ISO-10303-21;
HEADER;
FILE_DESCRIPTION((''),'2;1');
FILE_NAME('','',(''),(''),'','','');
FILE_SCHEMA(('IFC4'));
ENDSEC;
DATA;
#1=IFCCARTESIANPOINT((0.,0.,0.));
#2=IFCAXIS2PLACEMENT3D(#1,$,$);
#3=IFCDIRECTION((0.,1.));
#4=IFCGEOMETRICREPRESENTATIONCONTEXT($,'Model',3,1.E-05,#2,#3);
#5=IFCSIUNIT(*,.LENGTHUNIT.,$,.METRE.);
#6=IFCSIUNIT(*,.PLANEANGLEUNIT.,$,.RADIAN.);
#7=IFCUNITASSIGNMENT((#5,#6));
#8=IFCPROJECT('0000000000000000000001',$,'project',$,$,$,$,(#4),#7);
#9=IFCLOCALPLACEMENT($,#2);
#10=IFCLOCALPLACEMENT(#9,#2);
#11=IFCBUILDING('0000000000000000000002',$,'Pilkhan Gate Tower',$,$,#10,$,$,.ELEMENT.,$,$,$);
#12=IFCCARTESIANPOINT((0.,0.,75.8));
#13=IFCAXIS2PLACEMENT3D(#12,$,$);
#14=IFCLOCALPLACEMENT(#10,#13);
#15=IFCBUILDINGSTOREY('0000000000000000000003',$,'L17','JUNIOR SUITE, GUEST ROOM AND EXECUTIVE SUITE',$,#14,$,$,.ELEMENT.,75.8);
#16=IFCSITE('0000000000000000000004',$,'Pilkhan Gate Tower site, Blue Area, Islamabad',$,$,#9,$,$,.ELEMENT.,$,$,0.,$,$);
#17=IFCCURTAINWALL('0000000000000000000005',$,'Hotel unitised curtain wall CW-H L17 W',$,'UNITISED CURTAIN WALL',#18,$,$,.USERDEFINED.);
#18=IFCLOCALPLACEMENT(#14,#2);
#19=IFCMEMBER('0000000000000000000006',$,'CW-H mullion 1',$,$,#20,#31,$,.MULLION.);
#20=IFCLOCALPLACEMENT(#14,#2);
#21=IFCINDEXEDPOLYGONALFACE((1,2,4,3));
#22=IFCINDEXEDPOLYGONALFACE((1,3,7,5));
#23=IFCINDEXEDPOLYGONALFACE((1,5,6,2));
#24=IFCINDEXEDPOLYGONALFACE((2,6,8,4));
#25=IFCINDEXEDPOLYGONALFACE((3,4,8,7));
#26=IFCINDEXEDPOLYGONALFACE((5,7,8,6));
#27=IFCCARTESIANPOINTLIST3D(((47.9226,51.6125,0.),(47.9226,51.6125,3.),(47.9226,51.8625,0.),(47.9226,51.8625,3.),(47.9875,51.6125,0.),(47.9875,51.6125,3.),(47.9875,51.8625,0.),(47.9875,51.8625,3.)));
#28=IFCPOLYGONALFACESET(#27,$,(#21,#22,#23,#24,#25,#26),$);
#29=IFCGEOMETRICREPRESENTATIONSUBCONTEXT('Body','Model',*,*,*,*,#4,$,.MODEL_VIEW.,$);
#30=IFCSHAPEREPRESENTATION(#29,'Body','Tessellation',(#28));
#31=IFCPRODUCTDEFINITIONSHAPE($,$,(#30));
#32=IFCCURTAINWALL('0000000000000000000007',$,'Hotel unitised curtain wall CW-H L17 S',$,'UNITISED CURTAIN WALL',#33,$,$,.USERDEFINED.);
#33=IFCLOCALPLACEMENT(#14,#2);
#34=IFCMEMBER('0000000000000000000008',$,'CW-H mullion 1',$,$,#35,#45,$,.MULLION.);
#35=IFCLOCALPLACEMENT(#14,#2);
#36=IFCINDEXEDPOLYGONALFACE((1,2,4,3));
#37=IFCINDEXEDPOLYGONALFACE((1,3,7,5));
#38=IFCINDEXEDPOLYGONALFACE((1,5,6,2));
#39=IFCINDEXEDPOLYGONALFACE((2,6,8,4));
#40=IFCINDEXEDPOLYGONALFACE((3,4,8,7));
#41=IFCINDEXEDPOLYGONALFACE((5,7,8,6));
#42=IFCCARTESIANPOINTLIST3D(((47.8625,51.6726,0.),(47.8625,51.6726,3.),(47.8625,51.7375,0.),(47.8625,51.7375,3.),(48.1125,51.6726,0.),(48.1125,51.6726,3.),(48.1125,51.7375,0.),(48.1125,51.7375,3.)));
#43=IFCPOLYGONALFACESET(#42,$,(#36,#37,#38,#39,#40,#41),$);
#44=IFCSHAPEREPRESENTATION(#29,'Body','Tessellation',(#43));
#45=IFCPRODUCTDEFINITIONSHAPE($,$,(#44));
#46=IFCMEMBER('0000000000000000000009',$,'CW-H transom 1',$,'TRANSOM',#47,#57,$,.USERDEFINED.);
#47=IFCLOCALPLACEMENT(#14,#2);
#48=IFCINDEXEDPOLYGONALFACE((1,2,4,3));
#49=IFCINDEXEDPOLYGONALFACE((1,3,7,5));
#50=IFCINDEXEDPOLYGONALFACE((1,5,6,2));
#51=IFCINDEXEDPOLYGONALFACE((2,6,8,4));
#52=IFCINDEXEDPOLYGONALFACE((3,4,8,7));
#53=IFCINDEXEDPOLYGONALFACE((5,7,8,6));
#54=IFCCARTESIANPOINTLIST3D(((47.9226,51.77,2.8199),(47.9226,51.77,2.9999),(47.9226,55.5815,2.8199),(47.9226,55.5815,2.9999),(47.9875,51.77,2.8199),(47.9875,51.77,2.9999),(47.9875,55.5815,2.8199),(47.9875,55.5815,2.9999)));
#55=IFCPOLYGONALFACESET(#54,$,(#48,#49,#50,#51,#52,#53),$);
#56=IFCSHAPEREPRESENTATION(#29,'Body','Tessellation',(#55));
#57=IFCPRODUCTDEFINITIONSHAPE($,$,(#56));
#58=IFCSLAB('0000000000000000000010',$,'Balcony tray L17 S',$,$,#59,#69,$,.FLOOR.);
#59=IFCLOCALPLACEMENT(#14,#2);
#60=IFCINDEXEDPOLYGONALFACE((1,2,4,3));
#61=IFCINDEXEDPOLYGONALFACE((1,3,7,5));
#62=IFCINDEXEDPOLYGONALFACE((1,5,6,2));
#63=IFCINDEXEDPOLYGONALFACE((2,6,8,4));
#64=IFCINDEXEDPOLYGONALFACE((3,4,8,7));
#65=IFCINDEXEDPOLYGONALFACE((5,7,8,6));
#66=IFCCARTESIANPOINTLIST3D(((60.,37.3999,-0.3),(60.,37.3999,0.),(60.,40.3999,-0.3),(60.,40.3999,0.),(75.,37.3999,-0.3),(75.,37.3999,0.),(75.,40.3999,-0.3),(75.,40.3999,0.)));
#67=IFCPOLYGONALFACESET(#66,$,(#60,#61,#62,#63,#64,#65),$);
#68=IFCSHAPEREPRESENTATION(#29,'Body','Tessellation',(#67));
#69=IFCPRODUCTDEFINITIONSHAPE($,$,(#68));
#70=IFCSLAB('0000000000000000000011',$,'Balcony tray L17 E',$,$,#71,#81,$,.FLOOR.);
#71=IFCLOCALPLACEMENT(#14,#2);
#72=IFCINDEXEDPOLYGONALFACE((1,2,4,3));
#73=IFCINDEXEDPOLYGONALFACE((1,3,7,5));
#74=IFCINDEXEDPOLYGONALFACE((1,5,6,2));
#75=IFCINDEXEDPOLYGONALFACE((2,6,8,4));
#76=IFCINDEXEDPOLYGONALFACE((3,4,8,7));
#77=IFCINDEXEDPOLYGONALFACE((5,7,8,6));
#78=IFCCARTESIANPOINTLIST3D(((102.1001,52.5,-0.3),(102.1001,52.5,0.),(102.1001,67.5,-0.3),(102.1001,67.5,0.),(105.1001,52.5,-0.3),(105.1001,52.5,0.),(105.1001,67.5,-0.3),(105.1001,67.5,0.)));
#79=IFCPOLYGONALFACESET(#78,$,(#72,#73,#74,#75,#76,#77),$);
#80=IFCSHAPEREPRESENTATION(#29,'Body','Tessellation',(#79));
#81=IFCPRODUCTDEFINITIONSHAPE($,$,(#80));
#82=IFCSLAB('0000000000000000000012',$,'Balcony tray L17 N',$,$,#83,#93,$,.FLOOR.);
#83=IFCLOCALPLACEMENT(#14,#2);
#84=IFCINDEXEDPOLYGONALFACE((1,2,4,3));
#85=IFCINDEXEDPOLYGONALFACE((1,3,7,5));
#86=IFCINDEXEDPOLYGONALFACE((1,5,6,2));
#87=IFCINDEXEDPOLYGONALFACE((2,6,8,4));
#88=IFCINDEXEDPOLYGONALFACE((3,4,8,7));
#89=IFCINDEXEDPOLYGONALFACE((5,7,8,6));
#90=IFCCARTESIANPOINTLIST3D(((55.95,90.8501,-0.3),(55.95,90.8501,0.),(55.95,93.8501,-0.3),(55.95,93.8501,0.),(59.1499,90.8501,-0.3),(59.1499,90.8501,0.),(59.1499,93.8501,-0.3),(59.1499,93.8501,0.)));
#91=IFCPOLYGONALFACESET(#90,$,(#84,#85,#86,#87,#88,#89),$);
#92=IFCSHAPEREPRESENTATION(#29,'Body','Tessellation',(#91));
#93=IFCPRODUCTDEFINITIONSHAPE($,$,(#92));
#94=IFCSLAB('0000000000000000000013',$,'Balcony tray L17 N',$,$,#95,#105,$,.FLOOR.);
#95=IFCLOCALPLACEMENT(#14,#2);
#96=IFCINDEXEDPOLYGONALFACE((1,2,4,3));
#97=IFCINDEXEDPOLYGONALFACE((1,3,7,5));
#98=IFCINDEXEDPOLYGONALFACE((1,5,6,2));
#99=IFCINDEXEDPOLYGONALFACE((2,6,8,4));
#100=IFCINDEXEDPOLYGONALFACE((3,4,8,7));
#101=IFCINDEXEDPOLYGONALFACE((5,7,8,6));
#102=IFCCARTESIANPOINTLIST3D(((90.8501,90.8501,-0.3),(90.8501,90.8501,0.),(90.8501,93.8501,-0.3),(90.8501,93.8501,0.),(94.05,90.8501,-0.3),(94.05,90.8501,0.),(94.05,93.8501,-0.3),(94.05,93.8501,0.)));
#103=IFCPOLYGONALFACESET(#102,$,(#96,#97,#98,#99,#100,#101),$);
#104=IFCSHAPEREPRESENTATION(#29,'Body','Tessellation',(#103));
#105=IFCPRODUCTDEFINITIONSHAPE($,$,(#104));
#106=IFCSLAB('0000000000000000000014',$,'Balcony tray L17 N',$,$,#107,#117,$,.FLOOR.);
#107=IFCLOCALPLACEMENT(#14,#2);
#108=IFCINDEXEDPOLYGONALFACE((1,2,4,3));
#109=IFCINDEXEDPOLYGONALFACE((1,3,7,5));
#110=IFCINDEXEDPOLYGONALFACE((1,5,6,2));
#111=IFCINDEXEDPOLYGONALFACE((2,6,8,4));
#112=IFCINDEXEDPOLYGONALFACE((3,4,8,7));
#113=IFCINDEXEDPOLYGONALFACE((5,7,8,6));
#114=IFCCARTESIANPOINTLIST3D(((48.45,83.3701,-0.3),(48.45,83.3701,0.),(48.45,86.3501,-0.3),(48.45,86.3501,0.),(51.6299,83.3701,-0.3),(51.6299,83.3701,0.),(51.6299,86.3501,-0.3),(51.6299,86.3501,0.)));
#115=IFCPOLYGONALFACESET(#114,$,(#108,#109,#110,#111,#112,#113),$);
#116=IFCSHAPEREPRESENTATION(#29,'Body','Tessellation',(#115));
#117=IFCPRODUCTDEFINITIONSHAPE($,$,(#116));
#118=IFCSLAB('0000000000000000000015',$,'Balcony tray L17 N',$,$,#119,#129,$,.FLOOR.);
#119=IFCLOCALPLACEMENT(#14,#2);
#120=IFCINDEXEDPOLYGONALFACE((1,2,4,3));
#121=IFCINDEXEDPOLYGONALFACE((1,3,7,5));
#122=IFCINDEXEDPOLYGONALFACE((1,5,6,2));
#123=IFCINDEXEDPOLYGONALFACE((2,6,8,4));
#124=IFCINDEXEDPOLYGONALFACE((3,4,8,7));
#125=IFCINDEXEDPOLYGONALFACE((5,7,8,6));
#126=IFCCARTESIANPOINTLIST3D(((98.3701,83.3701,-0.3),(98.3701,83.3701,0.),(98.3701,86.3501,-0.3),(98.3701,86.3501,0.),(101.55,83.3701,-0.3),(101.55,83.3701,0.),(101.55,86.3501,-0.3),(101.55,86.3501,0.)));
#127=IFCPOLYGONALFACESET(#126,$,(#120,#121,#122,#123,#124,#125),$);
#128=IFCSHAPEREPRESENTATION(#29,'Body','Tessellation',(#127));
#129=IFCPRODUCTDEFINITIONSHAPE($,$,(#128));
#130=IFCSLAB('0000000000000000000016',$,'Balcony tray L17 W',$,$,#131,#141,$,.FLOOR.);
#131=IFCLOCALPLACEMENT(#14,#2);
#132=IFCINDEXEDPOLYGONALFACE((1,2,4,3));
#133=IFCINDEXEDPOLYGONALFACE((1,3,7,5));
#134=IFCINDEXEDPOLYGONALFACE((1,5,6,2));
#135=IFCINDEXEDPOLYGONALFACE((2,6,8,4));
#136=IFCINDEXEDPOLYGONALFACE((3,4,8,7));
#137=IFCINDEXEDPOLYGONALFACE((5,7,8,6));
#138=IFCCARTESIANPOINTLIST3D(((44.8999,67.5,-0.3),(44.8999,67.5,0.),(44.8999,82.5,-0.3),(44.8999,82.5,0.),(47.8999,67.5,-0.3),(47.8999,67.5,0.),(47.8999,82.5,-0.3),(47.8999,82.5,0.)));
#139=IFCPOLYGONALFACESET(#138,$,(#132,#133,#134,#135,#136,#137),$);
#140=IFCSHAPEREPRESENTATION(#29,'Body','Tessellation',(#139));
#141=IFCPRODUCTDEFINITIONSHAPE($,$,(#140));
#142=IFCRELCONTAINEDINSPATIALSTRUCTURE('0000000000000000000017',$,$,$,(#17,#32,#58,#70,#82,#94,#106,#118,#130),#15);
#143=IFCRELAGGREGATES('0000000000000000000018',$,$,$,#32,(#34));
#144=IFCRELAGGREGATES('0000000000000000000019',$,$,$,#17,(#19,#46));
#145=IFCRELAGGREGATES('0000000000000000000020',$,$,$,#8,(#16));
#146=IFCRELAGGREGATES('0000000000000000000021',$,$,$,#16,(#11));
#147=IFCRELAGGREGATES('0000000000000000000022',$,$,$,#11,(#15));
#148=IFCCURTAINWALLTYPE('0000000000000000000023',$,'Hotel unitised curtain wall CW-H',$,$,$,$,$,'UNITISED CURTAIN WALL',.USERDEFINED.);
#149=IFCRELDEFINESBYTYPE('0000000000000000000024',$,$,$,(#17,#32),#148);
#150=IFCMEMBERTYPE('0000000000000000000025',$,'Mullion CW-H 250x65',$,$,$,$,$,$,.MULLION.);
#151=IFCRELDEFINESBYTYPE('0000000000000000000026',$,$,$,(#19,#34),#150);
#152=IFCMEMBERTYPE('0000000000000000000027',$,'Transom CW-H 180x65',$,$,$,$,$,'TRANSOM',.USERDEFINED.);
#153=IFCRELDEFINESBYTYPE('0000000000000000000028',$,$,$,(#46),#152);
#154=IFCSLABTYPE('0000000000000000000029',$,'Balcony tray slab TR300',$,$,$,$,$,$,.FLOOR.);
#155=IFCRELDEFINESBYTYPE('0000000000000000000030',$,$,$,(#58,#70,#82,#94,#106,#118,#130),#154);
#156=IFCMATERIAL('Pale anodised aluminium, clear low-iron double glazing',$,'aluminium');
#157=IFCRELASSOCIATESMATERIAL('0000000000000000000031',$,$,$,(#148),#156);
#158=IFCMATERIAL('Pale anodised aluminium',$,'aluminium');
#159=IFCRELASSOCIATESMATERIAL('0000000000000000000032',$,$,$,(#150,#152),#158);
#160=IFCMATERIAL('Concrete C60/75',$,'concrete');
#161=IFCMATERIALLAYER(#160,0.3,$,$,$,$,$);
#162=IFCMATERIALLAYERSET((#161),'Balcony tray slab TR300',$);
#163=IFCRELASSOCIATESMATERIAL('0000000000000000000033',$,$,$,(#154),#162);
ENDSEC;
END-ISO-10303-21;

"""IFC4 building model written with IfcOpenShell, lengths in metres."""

from ifc_helpers import new_model, si_unit, direction, frame, origin, origin_2d, place, context, subcontext, project, spatial, polyline, rectangle, outline, extrude, material, layer, layer_set, material_profile, profile_set, type_object, element, aggregate, save


model = new_model("IFC4")

# Units and contexts
model_context = context("Model", 3, precision=1e-05, world=origin(), true_north=direction((0.0, 1.0)))
body_context = subcontext(model_context, "Body", "Model", "MODEL_VIEW")
ifc_project = project(units=[si_unit("LENGTHUNIT", "METRE"), si_unit("PLANEANGLEUNIT", "RADIAN")], contexts=[model_context])

# Site, building, storey
site_placement = place(None, origin())
site = spatial("IfcSite", under=ifc_project, at=site_placement, Name="Pilkhan Gate Tower site, Blue Area, Islamabad", CompositionType="ELEMENT", RefElevation=0.0)
building_placement = place(site_placement, origin())
building = spatial("IfcBuilding", under=site, at=building_placement, Name="Pilkhan Gate Tower", CompositionType="ELEMENT")
storey_placement = place(building_placement, frame((0.0, 0.0, 75.8)))
storey = spatial("IfcBuildingStorey", under=building, at=storey_placement, Name="L17", Description="JUNIOR SUITE, GUEST ROOM AND EXECUTIVE SUITE", CompositionType="ELEMENT", Elevation=75.8)

# Curtain walls, members
ifc_material_1 = material(Name="Pale anodised aluminium, clear low-iron double glazing", Category="aluminium")
curtain_wall_type = type_object("IfcCurtainWallType", Name="Hotel unitised curtain wall CW-H", ElementType="UNITISED CURTAIN WALL", PredefinedType="USERDEFINED", material=ifc_material_1)
curtain_wall_1_placement = place(storey_placement, origin())
curtain_wall_1 = element("IfcCurtainWall", 1, at=curtain_wall_1_placement, inside=storey, type_object=curtain_wall_type, Name="Hotel unitised curtain wall CW-H L17 W", ObjectType="UNITISED CURTAIN WALL", PredefinedType="USERDEFINED")
ifc_material_2 = material(Name="Pale anodised aluminium", Category="aluminium")
ifc_material_profile_1 = material_profile(ifc_material_2, rectangle(XDim=0.0649, YDim=0.25, at=origin_2d()), Name="Mullion 250x65")
ifc_profile_set_1 = profile_set([ifc_material_profile_1], Name="Pale anodised aluminium")
member_type_1 = type_object("IfcMemberType", Name="Mullion CW-H 250x65", PredefinedType="MULLION", material=ifc_profile_set_1)
member_1_placement = place(storey_placement, frame((47.9551, 51.7375, 0.0), z_axis=(0.0, 0.0, 1.0), x_axis=(-1.0, 0.0, 0.0)))
member_1 = element("IfcMember", 2, at=member_1_placement, type_object=member_type_1, Name="CW-H mullion 1", PredefinedType="MULLION", context=body_context, shape_type="SweptSolid", body=[
    extrude(rectangle(XDim=0.0649, YDim=0.25, at=origin_2d()), origin(), (0.0, 0.0, 1.0), 3.0),
])
curtain_wall_2_placement = place(storey_placement, origin())
curtain_wall_2 = element("IfcCurtainWall", 3, at=curtain_wall_2_placement, inside=storey, type_object=curtain_wall_type, Name="Hotel unitised curtain wall CW-H L17 S", ObjectType="UNITISED CURTAIN WALL", PredefinedType="USERDEFINED")
member_2_placement = place(storey_placement, frame((47.9875, 51.7051, 0.0), z_axis=(0.0, 0.0, 1.0), x_axis=(0.0, 1.0, 0.0)))
member_2 = element("IfcMember", 4, at=member_2_placement, type_object=member_type_1, Name="CW-H mullion 1", PredefinedType="MULLION", context=body_context, shape_type="SweptSolid", body=[
    extrude(rectangle(XDim=0.0649, YDim=0.25, at=origin_2d()), origin(), (0.0, 0.0, 1.0), 3.0),
])
aggregate(curtain_wall_2, [member_2])

# Member
ifc_material_profile_2 = material_profile(ifc_material_2, rectangle(XDim=0.0649, YDim=0.1799, at=origin_2d()), Name="Transom 180x65")
ifc_profile_set_2 = profile_set([ifc_material_profile_2], Name="Pale anodised aluminium")
member_type_2 = type_object("IfcMemberType", Name="Transom CW-H 180x65", ElementType="TRANSOM", PredefinedType="USERDEFINED", material=ifc_profile_set_2)
member_3_placement = place(storey_placement, frame((47.9551, 51.77, 2.9099), z_axis=(0.0, 1.0, 0.0), x_axis=(-1.0, 0.0, 0.0)))
member_3 = element("IfcMember", 5, at=member_3_placement, type_object=member_type_2, Name="CW-H transom 1", ObjectType="TRANSOM", PredefinedType="USERDEFINED", context=body_context, shape_type="SweptSolid", body=[
    extrude(rectangle(XDim=0.0649, YDim=0.1799, at=origin_2d()), origin(), (0.0, 0.0, 1.0), 3.8115),
])
aggregate(curtain_wall_1, [member_1, member_3])

# Slabs
ifc_material_3 = material(Name="Concrete C60/75", Category="concrete")
ifc_layer_1 = layer(ifc_material_3, 0.3)
ifc_layer_set_1 = layer_set([ifc_layer_1], Name="Balcony tray slab TR300")
slab_type_1 = type_object("IfcSlabType", Name="Balcony tray slab TR300", PredefinedType="FLOOR", material=ifc_layer_set_1)
slab_1_placement = place(storey_placement, frame((0.0, 0.0, -0.3)))
element("IfcSlab", 6, at=slab_1_placement, inside=storey, type_object=slab_type_1, Name="Balcony tray L17 S", PredefinedType="FLOOR", context=body_context, shape_type="SweptSolid", body=[
    extrude(outline(polyline([(75.0, 37.3999), (75.0, 40.3999), (60.0, 40.3999), (60.0, 37.3999), (75.0, 37.3999)])), origin(), (0.0, 0.0, 1.0), 0.3),
])
slab_2_placement = place(storey_placement, frame((0.0, 0.0, -0.3)))
element("IfcSlab", 7, at=slab_2_placement, inside=storey, type_object=slab_type_1, Name="Balcony tray L17 E", PredefinedType="FLOOR", context=body_context, shape_type="SweptSolid", body=[
    extrude(outline(polyline([(105.1001, 52.5), (105.1001, 67.5), (102.1001, 67.5), (102.1001, 52.5), (105.1001, 52.5)])), origin(), (0.0, 0.0, 1.0), 0.3),
])
slab_3_placement = place(storey_placement, frame((0.0, 0.0, -0.3)))
element("IfcSlab", 8, at=slab_3_placement, inside=storey, type_object=slab_type_1, Name="Balcony tray L17 N", PredefinedType="FLOOR", context=body_context, shape_type="SweptSolid", body=[
    extrude(outline(polyline([(59.1499, 90.8501), (59.1499, 93.8501), (55.95, 93.8501), (55.95, 90.8501), (59.1499, 90.8501)])), origin(), (0.0, 0.0, 1.0), 0.3),
])
slab_4_placement = place(storey_placement, frame((0.0, 0.0, -0.3)))
element("IfcSlab", 9, at=slab_4_placement, inside=storey, type_object=slab_type_1, Name="Balcony tray L17 N", PredefinedType="FLOOR", context=body_context, shape_type="SweptSolid", body=[
    extrude(outline(polyline([(94.05, 90.8501), (94.05, 93.8501), (90.8501, 93.8501), (90.8501, 90.8501), (94.05, 90.8501)])), origin(), (0.0, 0.0, 1.0), 0.3),
])
slab_5_placement = place(storey_placement, frame((0.0, 0.0, -0.3)))
element("IfcSlab", 10, at=slab_5_placement, inside=storey, type_object=slab_type_1, Name="Balcony tray L17 N", PredefinedType="FLOOR", context=body_context, shape_type="SweptSolid", body=[
    extrude(outline(polyline([(51.6299, 83.3701), (51.6299, 86.3501), (48.45, 86.3501), (48.45, 83.3701), (51.6299, 83.3701)])), origin(), (0.0, 0.0, 1.0), 0.3),
])
slab_6_placement = place(storey_placement, frame((0.0, 0.0, -0.3)))
element("IfcSlab", 11, at=slab_6_placement, inside=storey, type_object=slab_type_1, Name="Balcony tray L17 N", PredefinedType="FLOOR", context=body_context, shape_type="SweptSolid", body=[
    extrude(outline(polyline([(101.55, 83.3701), (101.55, 86.3501), (98.3701, 86.3501), (98.3701, 83.3701), (101.55, 83.3701)])), origin(), (0.0, 0.0, 1.0), 0.3),
])
slab_7_placement = place(storey_placement, frame((0.0, 0.0, -0.3)))
element("IfcSlab", 12, at=slab_7_placement, inside=storey, type_object=slab_type_1, Name="Balcony tray L17 W", PredefinedType="FLOOR", context=body_context, shape_type="SweptSolid", body=[
    extrude(outline(polyline([(47.8999, 67.5), (47.8999, 82.5), (44.8999, 82.5), (44.8999, 67.5), (47.8999, 67.5)])), origin(), (0.0, 0.0, 1.0), 0.3),
])

save(model, "model.ifc")
